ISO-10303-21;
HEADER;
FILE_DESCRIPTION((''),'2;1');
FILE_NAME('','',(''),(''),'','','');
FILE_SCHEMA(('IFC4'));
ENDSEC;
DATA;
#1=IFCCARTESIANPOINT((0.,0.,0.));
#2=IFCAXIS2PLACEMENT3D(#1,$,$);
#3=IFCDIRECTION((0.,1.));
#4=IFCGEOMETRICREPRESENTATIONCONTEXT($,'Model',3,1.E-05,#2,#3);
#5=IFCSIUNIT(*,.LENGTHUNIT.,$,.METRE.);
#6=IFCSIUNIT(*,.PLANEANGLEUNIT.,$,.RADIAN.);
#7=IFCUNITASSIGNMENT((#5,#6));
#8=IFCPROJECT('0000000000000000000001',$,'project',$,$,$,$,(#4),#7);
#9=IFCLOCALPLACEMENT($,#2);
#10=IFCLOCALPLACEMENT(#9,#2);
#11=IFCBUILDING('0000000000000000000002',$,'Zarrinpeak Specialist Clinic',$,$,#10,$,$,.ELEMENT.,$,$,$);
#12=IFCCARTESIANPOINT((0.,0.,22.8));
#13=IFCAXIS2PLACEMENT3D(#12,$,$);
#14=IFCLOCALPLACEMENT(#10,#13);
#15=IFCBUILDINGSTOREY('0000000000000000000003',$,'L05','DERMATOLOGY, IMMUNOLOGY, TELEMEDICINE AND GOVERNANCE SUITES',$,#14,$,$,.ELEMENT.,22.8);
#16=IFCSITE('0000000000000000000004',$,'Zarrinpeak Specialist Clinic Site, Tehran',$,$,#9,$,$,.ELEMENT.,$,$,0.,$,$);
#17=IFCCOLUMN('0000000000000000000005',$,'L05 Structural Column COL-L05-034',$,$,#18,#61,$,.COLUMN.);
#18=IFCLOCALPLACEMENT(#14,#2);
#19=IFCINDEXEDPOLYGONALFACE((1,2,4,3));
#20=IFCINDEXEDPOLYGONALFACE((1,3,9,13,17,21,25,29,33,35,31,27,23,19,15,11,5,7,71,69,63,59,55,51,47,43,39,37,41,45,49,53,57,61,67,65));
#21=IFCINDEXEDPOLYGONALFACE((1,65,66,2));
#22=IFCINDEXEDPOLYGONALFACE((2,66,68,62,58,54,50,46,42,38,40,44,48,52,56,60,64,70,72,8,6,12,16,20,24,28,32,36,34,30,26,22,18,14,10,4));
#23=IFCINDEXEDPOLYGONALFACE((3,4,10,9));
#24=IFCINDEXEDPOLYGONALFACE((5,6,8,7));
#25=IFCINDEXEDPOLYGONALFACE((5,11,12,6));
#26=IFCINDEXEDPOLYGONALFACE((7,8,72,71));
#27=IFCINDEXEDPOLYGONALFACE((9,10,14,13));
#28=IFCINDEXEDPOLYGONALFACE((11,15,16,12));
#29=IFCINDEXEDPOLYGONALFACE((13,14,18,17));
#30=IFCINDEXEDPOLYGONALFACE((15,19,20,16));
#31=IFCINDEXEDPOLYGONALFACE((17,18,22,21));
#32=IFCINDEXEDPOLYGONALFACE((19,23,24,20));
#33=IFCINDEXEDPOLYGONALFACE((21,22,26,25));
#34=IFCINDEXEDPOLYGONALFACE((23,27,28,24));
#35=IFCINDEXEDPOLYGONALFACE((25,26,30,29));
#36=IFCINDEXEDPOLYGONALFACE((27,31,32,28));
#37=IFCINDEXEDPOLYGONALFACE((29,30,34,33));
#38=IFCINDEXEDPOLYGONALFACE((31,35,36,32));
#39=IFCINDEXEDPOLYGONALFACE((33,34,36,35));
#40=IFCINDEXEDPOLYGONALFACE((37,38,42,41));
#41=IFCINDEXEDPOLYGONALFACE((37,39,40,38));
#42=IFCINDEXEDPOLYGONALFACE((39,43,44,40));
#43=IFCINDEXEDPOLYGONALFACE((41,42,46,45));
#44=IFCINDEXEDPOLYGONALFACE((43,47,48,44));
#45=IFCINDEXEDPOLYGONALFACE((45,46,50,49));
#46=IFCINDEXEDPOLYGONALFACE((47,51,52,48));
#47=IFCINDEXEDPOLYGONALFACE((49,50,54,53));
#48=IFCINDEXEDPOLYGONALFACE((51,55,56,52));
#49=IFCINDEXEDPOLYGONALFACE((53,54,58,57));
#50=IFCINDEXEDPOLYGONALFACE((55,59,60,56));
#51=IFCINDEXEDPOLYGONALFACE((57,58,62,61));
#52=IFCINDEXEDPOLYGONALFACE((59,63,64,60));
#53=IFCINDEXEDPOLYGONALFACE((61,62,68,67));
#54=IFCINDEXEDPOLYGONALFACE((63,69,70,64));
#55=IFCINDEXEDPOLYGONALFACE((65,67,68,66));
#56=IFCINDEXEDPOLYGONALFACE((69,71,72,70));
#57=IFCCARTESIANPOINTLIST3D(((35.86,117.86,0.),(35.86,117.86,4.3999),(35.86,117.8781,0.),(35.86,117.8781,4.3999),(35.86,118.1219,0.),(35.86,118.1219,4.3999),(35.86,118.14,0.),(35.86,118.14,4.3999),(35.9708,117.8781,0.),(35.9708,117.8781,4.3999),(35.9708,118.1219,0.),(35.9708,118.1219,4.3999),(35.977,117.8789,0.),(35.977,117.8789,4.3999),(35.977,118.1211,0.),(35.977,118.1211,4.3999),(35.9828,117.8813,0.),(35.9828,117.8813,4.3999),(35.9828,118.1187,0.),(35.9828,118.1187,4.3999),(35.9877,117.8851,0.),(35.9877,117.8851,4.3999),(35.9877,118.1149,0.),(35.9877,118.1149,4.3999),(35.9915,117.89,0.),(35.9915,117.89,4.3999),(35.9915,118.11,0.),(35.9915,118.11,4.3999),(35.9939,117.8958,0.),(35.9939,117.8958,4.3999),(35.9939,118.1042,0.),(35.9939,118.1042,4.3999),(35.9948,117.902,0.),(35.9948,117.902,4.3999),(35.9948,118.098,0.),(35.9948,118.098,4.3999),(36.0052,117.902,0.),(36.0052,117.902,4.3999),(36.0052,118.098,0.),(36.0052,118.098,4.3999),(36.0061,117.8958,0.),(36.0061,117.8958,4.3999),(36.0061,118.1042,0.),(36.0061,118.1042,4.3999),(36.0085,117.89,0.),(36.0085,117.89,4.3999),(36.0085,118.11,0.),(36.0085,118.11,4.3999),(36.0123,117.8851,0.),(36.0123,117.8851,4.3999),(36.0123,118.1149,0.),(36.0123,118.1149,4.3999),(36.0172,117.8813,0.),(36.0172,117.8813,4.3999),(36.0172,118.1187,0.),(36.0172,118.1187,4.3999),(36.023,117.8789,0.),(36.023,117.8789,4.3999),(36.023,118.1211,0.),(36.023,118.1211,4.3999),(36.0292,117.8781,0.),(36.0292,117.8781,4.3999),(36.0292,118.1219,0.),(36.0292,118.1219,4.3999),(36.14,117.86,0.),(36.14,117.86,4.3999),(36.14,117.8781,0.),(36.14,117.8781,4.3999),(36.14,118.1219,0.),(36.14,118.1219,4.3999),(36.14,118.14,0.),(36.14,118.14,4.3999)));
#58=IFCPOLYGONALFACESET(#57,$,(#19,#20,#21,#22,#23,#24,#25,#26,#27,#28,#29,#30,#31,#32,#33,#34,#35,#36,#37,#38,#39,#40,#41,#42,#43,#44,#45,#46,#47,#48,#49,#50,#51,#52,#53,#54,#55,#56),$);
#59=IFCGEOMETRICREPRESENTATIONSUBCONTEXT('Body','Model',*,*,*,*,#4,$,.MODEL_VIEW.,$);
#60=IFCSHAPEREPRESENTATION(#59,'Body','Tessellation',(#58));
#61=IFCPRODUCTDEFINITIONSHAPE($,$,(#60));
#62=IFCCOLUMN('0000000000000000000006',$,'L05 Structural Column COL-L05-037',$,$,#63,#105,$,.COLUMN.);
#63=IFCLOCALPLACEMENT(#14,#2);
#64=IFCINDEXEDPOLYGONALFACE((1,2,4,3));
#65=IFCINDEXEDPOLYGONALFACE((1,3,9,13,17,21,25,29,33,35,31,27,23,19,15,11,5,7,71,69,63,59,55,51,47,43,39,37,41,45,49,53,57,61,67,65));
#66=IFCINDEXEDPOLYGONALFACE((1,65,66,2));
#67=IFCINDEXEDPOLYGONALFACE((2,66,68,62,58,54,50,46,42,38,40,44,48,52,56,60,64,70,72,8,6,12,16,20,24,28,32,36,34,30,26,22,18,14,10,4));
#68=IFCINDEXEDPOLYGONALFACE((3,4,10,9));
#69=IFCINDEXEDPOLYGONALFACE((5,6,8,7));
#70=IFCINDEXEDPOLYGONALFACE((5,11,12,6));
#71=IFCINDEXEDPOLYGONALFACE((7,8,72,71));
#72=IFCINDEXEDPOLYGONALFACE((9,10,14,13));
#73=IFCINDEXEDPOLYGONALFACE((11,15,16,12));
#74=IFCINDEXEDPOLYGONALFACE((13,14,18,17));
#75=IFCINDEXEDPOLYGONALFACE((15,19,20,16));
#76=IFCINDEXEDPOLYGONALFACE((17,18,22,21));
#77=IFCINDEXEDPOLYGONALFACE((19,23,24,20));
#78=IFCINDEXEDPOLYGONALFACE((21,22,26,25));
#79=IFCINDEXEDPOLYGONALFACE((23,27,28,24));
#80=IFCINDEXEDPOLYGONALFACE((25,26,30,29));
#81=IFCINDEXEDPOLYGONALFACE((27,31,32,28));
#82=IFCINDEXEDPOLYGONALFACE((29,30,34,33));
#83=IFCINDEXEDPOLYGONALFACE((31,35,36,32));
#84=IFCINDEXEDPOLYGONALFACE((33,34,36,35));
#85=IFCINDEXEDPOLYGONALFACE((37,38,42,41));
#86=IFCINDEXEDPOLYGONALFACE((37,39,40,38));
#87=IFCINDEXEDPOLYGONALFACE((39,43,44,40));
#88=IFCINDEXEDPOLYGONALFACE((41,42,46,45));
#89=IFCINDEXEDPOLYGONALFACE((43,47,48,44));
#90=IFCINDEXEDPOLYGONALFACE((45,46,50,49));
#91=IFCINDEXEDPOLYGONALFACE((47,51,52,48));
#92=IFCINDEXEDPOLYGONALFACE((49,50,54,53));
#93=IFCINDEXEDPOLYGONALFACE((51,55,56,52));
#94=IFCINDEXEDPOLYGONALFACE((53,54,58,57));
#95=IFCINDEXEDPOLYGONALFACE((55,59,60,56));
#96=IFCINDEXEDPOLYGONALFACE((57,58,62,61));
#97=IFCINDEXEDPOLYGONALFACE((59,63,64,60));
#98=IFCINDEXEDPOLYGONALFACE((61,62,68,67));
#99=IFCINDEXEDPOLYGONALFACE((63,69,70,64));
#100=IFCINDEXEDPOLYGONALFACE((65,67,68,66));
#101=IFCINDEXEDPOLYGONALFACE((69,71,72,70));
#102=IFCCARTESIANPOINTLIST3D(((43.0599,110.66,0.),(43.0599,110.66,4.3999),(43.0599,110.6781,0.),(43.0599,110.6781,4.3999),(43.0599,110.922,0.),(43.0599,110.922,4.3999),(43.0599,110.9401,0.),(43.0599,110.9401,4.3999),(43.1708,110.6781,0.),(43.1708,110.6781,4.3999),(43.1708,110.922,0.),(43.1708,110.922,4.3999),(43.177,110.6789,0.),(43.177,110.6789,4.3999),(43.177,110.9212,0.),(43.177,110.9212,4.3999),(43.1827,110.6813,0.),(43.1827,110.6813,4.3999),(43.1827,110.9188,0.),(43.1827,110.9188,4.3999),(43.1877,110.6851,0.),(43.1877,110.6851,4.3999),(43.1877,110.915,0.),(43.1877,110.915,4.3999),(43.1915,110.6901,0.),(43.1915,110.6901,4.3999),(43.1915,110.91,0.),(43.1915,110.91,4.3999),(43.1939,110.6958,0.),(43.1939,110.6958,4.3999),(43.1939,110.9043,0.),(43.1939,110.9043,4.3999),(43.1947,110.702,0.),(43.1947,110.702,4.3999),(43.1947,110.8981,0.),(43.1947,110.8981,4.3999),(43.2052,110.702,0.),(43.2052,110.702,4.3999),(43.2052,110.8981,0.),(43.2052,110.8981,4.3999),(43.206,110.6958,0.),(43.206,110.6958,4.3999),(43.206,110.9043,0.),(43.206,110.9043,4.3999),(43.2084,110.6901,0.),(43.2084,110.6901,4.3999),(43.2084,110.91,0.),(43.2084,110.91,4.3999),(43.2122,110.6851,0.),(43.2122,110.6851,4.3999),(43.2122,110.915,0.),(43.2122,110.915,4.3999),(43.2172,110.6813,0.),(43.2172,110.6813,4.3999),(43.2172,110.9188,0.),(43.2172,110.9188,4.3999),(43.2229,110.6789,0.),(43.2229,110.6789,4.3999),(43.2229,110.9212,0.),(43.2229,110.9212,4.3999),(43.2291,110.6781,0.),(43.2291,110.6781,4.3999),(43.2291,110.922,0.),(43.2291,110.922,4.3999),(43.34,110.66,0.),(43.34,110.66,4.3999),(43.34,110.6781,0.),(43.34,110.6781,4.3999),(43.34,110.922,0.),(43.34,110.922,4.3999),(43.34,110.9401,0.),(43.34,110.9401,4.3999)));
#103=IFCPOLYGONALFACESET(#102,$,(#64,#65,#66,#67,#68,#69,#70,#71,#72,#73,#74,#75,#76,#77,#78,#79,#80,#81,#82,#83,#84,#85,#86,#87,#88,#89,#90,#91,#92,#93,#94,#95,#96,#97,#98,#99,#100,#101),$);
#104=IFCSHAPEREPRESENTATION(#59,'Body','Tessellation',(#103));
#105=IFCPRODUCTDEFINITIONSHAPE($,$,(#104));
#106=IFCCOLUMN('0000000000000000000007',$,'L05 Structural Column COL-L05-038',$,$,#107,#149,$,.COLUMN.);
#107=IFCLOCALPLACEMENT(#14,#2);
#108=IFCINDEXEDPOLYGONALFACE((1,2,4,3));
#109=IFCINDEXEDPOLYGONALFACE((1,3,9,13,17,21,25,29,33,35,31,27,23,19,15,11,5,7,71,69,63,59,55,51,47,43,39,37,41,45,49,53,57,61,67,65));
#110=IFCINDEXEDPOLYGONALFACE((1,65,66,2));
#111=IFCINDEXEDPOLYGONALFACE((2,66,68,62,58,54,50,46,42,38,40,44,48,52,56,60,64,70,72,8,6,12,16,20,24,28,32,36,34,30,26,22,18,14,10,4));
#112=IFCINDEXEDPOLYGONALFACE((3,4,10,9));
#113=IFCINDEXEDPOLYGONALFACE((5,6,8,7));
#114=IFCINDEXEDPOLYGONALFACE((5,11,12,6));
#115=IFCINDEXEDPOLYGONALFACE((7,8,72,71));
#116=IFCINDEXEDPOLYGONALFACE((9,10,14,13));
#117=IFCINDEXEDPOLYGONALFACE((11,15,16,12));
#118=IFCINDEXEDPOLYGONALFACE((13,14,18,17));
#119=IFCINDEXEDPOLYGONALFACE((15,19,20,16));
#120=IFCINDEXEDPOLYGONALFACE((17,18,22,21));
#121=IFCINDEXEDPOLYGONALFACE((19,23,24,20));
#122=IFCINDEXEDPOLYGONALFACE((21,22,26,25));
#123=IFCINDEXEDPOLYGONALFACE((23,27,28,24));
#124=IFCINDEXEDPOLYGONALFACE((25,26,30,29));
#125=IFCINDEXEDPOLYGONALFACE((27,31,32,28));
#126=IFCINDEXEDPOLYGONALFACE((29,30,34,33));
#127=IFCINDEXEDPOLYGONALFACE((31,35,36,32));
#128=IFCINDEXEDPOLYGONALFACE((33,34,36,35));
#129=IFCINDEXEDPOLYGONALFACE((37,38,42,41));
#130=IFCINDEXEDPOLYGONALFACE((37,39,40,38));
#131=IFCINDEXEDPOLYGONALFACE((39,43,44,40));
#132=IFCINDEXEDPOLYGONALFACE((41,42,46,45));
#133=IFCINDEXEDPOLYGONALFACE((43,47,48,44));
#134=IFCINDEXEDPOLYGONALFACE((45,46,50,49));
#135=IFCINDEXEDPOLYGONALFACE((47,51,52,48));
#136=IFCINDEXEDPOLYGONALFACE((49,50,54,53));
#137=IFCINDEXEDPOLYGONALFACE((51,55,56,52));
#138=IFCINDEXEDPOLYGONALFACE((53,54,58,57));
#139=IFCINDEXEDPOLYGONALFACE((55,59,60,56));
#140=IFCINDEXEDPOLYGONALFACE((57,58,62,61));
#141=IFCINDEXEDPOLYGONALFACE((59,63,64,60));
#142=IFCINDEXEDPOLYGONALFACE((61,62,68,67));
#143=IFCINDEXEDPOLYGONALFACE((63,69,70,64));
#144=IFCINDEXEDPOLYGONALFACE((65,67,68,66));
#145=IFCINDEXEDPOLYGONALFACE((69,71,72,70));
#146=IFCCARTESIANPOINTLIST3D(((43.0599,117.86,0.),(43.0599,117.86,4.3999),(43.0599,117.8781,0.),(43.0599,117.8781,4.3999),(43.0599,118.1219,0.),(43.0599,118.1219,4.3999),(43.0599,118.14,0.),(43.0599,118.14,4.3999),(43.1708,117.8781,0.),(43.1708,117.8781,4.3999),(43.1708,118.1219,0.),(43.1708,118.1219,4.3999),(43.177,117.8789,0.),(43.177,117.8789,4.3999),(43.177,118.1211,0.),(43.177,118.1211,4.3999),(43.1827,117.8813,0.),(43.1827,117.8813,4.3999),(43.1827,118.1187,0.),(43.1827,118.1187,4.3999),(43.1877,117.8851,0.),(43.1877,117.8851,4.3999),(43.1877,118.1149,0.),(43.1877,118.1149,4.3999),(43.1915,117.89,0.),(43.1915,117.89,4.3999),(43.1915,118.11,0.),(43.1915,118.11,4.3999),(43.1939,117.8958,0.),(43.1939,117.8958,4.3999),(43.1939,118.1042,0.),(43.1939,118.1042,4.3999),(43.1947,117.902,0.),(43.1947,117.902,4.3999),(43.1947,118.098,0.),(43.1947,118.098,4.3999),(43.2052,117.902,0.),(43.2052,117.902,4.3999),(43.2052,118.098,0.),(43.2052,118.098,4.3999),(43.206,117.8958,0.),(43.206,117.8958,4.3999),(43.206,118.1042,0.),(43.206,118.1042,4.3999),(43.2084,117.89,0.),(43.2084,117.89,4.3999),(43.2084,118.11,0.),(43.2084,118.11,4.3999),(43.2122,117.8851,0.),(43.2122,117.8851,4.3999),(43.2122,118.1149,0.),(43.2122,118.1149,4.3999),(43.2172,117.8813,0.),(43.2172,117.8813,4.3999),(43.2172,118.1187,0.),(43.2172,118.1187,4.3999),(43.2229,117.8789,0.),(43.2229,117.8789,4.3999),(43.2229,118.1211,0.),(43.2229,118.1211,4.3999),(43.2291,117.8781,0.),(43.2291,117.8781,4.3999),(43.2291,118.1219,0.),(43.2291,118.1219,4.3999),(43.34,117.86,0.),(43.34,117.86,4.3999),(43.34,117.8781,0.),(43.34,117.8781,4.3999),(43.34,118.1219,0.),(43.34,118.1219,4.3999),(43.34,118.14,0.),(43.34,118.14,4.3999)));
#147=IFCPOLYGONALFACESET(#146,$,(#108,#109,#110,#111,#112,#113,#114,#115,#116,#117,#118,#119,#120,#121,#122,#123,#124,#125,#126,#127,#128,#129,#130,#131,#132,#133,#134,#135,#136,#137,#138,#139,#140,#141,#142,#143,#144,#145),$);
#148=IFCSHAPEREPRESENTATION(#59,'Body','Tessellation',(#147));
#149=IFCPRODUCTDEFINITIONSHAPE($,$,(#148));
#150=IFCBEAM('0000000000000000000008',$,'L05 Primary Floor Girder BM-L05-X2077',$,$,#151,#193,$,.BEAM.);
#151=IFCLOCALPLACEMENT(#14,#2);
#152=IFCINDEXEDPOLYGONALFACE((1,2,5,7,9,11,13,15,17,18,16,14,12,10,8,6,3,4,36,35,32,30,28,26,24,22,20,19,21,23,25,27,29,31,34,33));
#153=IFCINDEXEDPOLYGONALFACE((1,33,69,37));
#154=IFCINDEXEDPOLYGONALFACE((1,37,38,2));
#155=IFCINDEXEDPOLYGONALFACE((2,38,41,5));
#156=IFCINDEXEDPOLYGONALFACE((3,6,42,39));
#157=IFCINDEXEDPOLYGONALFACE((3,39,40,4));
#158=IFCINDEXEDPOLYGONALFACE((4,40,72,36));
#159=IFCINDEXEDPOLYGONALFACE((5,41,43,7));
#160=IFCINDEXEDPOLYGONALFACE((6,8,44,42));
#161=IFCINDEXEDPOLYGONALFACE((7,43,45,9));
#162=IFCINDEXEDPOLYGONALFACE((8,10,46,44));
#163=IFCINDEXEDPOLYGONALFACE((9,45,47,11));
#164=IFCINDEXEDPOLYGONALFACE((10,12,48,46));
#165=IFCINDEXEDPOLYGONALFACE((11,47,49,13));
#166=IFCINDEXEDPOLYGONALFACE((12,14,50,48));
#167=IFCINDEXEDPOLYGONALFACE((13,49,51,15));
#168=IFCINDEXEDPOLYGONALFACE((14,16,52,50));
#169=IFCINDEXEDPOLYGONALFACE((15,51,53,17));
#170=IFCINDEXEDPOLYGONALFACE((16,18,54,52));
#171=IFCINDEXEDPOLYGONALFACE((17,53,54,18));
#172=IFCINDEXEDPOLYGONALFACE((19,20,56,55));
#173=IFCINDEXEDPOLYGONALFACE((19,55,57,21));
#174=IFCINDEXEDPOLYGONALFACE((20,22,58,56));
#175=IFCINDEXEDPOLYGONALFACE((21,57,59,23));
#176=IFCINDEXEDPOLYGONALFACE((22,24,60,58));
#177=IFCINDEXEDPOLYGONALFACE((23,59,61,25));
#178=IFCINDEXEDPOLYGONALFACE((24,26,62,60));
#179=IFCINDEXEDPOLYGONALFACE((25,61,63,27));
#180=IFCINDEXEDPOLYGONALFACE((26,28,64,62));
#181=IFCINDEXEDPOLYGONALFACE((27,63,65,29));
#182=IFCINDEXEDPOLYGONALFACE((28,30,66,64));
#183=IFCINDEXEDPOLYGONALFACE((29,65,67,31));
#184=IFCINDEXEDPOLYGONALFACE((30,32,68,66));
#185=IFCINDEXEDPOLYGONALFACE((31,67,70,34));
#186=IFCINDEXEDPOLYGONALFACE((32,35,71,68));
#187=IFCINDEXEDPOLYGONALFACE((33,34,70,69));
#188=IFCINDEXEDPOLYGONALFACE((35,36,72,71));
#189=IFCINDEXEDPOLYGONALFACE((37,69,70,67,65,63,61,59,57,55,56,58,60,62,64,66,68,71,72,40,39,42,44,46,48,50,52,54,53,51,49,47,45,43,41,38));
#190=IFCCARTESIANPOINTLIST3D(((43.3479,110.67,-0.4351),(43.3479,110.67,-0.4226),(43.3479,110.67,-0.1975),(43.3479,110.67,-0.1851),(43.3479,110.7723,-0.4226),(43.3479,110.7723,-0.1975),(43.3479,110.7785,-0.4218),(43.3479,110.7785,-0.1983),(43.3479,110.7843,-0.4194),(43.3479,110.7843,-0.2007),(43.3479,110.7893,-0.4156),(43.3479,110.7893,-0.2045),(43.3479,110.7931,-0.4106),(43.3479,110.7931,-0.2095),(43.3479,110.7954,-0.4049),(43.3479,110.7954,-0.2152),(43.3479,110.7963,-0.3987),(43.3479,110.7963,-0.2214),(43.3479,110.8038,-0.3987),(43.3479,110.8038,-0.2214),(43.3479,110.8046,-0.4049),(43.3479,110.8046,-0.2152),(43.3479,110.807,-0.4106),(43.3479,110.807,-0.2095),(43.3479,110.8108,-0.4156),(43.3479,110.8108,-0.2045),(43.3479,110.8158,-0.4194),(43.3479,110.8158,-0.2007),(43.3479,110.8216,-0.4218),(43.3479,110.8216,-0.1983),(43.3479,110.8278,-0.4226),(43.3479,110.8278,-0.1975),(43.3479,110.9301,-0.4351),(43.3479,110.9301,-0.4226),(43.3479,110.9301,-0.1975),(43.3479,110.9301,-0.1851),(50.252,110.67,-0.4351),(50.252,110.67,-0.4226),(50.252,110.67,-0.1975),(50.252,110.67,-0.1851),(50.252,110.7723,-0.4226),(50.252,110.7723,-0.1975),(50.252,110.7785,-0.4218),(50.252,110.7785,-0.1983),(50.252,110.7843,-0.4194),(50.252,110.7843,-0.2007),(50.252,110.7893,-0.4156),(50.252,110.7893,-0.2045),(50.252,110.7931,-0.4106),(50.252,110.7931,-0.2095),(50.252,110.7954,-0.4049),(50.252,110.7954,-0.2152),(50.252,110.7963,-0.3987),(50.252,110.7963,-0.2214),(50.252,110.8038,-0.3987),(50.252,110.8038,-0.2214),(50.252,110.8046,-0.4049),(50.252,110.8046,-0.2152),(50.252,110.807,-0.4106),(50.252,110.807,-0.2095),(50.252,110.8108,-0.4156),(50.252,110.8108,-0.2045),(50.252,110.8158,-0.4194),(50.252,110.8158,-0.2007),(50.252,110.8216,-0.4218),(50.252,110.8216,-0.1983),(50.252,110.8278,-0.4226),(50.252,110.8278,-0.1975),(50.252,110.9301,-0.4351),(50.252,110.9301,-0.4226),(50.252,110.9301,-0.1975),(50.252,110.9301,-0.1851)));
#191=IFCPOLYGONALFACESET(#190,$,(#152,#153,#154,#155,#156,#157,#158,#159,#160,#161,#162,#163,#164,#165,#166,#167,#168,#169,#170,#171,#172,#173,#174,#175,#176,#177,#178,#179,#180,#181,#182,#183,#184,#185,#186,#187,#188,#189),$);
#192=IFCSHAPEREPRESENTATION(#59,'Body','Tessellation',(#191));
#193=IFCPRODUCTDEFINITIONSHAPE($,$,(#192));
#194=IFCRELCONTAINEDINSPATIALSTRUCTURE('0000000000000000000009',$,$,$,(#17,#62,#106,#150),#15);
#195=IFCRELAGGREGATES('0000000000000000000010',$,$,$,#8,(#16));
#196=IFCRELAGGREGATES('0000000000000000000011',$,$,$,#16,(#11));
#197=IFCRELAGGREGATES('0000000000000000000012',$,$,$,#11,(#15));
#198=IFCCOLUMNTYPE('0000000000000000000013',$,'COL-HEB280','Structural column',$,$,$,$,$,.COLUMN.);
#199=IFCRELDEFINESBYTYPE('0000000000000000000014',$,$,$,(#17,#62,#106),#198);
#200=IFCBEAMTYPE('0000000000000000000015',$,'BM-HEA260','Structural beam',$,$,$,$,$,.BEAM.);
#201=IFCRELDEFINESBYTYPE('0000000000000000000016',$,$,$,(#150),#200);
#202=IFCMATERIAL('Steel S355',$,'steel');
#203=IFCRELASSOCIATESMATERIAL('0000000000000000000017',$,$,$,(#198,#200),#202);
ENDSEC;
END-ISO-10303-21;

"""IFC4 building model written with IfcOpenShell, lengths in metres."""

from ifc_helpers import new_model, si_unit, direction, frame, origin, origin_2d, place, context, subcontext, project, spatial, i_section, extrude, material, material_profile, profile_set, type_object, element, save


model = new_model("IFC4")

# Units and contexts
model_context = context("Model", 3, precision=1e-05, world=origin(), true_north=direction((0.0, 1.0)))
body_context = subcontext(model_context, "Body", "Model", "MODEL_VIEW")
ifc_project = project(units=[si_unit("LENGTHUNIT", "METRE"), si_unit("PLANEANGLEUNIT", "RADIAN")], contexts=[model_context])

# Site, building, storey
site_placement = place(None, origin())
site = spatial("IfcSite", under=ifc_project, at=site_placement, Name="Zarrinpeak Specialist Clinic Site, Tehran", CompositionType="ELEMENT", RefElevation=0.0)
building_placement = place(site_placement, origin())
building = spatial("IfcBuilding", under=site, at=building_placement, Name="Zarrinpeak Specialist Clinic", CompositionType="ELEMENT")
storey_placement = place(building_placement, frame((0.0, 0.0, 22.8)))
storey = spatial("IfcBuildingStorey", under=building, at=storey_placement, Name="L05", Description="DERMATOLOGY, IMMUNOLOGY, TELEMEDICINE AND GOVERNANCE SUITES", CompositionType="ELEMENT", Elevation=22.8)

# Columns
ifc_material_1 = material(Name="Steel S355", Category="steel")
ifc_material_profile_1 = material_profile(ifc_material_1, i_section(OverallWidth=0.28, OverallDepth=0.28, WebThickness=0.0105, FlangeThickness=0.0181, FilletRadius=0.0239, at=origin_2d()), Name="HEB 280")
ifc_profile_set_1 = profile_set([ifc_material_profile_1], Name="Steel S355")
column_type = type_object("IfcColumnType", Name="COL-HEB280", Description="Structural column", PredefinedType="COLUMN", material=ifc_profile_set_1)
for number, where, z_axis, x_axis, name in (
    (1, (36.0, 118.0, 0.0), (0.0, 0.0, 1.0), (1.0, 0.0, 0.0), "L05 Structural Column COL-L05-034"),
    (2, (43.2, 110.8, 0.0), (0.0, 0.0, 1.0), (1.0, 0.0, 0.0), "L05 Structural Column COL-L05-037"),
    (3, (43.2, 118.0, 0.0), (0.0, 0.0, 1.0), (1.0, 0.0, 0.0), "L05 Structural Column COL-L05-038"),
):
    element("IfcColumn", number, at=place(storey_placement, frame(where, z_axis=z_axis, x_axis=x_axis)), inside=storey, type_object=column_type, Name=name, PredefinedType="COLUMN", context=body_context, shape_type="SweptSolid", body=[
        extrude(i_section(OverallWidth=0.28, OverallDepth=0.28, WebThickness=0.0105, FlangeThickness=0.0181, FilletRadius=0.0239, at=origin_2d()), origin(), (0.0, 0.0, 1.0), 4.3999),
    ])

# Beam
ifc_material_profile_2 = material_profile(ifc_material_1, i_section(OverallWidth=0.26, OverallDepth=0.25, WebThickness=0.0076, FlangeThickness=0.0125, FilletRadius=0.0239, at=origin_2d()), Name="HEA 260")
ifc_profile_set_2 = profile_set([ifc_material_profile_2], Name="Steel S355")
beam_type_1 = type_object("IfcBeamType", Name="BM-HEA260", Description="Structural beam", PredefinedType="BEAM", material=ifc_profile_set_2)
for number, where, z_axis, x_axis, name in (
    (4, (43.3479, 110.8, -0.3101), (1.0, 0.0, 0.0), (0.0, 1.0, 0.0), "L05 Primary Floor Girder BM-L05-X2077"),
):
    element("IfcBeam", number, at=place(storey_placement, frame(where, z_axis=z_axis, x_axis=x_axis)), inside=storey, type_object=beam_type_1, Name=name, PredefinedType="BEAM", context=body_context, shape_type="SweptSolid", body=[
        extrude(i_section(OverallWidth=0.26, OverallDepth=0.25, WebThickness=0.0076, FlangeThickness=0.0125, FilletRadius=0.0239, at=origin_2d()), origin(), (0.0, 0.0, 1.0), 6.9041),
    ])

save(model, "model.ifc")
